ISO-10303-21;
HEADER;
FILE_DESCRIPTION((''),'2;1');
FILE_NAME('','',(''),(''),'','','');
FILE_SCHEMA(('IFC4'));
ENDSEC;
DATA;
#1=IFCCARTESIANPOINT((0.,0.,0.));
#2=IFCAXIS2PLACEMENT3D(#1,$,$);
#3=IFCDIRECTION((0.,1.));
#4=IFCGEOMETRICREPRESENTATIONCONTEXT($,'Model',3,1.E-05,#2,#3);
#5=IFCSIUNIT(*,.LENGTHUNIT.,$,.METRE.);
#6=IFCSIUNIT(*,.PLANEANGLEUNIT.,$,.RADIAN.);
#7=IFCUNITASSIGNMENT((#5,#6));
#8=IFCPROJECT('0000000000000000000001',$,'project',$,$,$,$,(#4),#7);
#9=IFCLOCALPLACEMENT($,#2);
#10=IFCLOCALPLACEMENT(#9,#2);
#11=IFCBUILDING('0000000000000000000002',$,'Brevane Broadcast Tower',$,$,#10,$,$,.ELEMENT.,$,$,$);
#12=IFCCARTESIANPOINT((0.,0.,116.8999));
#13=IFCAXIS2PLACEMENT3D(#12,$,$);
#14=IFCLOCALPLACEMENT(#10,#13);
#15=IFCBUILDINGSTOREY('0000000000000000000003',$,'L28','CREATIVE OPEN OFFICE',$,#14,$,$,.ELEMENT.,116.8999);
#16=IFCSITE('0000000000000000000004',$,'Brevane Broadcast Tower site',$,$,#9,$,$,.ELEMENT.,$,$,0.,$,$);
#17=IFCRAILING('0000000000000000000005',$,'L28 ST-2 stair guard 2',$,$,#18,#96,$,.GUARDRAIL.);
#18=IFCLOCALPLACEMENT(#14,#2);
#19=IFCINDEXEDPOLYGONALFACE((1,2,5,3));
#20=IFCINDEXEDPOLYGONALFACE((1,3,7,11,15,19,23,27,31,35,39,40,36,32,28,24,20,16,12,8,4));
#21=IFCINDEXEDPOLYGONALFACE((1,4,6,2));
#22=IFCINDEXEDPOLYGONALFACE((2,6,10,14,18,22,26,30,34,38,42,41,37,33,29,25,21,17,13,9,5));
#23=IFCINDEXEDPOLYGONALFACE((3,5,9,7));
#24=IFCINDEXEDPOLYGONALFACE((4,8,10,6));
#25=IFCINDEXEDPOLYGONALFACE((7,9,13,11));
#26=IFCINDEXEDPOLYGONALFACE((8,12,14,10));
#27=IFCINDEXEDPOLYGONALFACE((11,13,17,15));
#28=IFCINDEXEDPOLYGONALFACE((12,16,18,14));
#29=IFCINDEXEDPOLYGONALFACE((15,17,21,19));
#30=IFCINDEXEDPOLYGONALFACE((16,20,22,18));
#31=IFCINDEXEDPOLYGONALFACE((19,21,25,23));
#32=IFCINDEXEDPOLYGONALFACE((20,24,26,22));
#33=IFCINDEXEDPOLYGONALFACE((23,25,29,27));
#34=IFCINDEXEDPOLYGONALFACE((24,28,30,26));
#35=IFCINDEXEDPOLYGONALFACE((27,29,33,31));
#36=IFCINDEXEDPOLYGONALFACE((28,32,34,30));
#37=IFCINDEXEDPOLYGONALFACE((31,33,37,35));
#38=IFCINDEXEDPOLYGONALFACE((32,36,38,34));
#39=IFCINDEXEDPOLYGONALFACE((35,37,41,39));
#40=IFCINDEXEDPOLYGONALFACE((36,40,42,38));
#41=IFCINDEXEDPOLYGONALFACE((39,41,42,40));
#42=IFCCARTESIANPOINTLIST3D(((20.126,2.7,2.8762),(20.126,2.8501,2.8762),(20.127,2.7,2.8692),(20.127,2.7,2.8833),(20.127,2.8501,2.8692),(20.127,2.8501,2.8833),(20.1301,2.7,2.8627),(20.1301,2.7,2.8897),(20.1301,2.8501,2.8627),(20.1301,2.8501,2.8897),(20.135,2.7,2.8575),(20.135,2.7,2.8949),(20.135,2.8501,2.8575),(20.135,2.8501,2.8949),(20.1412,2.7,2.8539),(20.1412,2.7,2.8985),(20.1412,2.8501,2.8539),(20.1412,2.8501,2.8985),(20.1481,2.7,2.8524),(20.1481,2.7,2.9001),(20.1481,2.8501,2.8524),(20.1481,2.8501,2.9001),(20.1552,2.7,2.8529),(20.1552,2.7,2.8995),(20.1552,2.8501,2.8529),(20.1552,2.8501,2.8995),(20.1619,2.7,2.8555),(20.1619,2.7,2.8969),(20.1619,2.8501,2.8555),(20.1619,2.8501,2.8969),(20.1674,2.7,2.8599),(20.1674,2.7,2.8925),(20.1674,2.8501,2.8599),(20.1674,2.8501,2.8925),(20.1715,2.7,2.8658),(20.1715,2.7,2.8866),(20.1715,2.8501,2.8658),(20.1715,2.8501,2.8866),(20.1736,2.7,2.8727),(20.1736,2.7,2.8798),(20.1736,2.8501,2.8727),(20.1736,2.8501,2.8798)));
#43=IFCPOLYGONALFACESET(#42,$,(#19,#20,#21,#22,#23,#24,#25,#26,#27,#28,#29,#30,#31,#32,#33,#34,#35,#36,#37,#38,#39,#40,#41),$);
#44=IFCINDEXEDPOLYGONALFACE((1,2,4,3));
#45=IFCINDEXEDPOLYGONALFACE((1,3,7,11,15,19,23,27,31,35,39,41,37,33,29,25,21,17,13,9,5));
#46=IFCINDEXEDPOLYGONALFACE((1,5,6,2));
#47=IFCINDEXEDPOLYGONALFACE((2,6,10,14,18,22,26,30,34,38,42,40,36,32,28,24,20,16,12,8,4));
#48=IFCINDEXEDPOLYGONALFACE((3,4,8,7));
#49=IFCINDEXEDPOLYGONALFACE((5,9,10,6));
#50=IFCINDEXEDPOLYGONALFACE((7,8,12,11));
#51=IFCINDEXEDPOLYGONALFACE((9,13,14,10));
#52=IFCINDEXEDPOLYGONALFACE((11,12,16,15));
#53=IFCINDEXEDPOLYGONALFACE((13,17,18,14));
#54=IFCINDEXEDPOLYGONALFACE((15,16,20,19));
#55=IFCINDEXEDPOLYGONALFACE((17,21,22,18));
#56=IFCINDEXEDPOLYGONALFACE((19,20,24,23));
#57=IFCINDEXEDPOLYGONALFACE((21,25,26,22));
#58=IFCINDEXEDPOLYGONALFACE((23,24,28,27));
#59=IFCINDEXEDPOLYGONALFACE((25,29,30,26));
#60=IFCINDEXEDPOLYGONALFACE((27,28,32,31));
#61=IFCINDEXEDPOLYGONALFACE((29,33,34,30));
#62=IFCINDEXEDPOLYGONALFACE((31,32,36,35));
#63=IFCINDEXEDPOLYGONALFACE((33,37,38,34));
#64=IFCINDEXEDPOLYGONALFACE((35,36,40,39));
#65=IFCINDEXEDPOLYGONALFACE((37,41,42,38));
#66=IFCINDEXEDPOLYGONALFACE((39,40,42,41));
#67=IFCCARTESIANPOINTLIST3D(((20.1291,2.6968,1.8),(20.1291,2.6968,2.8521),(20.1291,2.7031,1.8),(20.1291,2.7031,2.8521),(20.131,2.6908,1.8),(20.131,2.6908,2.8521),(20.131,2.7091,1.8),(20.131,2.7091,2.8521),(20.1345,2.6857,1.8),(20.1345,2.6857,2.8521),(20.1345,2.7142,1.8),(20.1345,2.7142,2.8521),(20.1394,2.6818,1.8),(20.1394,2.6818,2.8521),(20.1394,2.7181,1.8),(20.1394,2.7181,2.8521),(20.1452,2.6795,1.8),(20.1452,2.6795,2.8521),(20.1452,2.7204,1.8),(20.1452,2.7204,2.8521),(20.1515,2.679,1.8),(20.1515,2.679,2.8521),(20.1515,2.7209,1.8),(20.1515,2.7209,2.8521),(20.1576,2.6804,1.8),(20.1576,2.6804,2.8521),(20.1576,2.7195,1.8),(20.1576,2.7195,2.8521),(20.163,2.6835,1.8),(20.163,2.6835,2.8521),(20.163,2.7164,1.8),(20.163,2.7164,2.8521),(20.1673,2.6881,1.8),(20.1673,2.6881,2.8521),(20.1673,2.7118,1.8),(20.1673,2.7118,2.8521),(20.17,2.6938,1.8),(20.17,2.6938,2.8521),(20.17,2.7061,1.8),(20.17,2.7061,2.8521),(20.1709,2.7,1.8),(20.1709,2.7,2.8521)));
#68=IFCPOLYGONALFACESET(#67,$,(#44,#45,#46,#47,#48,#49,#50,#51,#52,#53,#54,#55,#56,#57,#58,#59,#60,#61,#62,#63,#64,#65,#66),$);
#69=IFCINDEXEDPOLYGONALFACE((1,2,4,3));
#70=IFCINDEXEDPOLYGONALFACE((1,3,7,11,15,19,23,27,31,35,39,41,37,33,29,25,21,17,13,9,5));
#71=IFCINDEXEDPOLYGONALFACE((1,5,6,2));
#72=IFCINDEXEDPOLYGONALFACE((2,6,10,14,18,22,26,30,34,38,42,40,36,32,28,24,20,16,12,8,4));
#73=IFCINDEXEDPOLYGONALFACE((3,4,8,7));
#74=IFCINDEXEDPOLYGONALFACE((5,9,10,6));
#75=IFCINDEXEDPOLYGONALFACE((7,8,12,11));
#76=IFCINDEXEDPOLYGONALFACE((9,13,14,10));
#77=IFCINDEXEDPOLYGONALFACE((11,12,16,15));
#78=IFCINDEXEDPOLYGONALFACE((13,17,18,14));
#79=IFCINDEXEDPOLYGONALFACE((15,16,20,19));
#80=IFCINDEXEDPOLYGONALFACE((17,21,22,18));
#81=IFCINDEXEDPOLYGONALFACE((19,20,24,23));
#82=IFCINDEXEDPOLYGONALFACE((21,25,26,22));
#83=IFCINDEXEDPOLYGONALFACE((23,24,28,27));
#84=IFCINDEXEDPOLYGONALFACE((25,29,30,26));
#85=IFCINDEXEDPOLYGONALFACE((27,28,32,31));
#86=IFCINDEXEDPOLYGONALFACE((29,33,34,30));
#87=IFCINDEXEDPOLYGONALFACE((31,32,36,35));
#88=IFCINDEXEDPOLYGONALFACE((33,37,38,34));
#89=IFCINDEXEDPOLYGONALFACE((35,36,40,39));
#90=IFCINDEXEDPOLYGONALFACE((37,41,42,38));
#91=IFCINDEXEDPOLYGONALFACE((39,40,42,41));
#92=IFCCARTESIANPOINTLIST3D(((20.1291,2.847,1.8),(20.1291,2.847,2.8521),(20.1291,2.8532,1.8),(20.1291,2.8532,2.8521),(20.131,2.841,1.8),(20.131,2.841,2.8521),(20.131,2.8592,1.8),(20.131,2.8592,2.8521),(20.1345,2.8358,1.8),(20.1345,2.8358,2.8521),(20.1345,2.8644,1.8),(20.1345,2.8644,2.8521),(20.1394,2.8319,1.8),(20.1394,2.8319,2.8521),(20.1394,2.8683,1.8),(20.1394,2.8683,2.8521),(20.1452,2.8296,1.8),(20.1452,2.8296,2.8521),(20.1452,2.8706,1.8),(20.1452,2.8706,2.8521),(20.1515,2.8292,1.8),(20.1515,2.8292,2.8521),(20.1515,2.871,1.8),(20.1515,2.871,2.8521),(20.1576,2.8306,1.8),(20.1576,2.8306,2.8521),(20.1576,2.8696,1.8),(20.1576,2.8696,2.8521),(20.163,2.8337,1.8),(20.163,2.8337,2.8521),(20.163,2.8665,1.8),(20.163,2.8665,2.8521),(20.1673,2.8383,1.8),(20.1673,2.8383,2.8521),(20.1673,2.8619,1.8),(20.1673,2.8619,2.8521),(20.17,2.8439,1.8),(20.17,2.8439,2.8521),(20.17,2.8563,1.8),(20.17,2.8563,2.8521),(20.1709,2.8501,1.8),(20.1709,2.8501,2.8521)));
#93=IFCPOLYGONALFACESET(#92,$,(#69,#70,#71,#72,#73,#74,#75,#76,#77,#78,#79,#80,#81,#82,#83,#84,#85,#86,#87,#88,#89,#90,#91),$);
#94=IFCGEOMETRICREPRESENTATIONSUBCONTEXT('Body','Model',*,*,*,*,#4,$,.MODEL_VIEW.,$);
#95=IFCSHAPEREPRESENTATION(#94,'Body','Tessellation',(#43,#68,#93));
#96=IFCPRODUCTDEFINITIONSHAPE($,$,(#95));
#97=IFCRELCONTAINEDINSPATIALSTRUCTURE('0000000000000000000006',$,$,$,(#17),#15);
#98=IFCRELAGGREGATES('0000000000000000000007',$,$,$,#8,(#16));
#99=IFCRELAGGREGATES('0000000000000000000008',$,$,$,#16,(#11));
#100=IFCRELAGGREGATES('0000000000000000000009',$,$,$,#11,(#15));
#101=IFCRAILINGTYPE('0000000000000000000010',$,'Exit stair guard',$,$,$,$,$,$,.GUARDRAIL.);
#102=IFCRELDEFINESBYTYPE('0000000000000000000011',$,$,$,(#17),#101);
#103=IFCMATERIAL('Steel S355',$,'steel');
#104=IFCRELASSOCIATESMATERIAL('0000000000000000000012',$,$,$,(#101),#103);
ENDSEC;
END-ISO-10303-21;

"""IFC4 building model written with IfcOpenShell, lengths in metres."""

from ifc_helpers import new_model, si_unit, direction, frame, origin, origin_2d, place, context, subcontext, project, spatial, circle, extrude, material, type_object, element, save


model = new_model("IFC4")

# Units and contexts
model_context = context("Model", 3, precision=1e-05, world=origin(), true_north=direction((0.0, 1.0)))
body_context = subcontext(model_context, "Body", "Model", "MODEL_VIEW")
ifc_project = project(units=[si_unit("LENGTHUNIT", "METRE"), si_unit("PLANEANGLEUNIT", "RADIAN")], contexts=[model_context])

# Site, building, storey
site_placement = place(None, origin())
site = spatial("IfcSite", under=ifc_project, at=site_placement, Name="Brevane Broadcast Tower site", CompositionType="ELEMENT", RefElevation=0.0)
building_placement = place(site_placement, origin())
building = spatial("IfcBuilding", under=site, at=building_placement, Name="Brevane Broadcast Tower", CompositionType="ELEMENT")
storey_placement = place(building_placement, frame((0.0, 0.0, 116.8999)))
storey = spatial("IfcBuildingStorey", under=building, at=storey_placement, Name="L28", Description="CREATIVE OPEN OFFICE", CompositionType="ELEMENT", Elevation=116.8999)

# Railing
ifc_material_1 = material(Name="Steel S355", Category="steel")
railing_type_1 = type_object("IfcRailingType", Name="Exit stair guard", PredefinedType="GUARDRAIL", material=ifc_material_1)
railing_1_placement = place(storey_placement, frame((20.1499, 2.7, 1.8)))
element("IfcRailing", 1, at=railing_1_placement, inside=storey, type_object=railing_type_1, Name="L28 ST-2 stair guard 2", PredefinedType="GUARDRAIL", context=body_context, shape_type="SweptSolid", body=[
    extrude(circle(Radius=0.0239, at=origin_2d()), frame((0.0, 0.0, 1.0762), z_axis=(0.0, 1.0, 0.0), x_axis=(-1.0, 0.0, 0.0)), (0.0, 0.0, 1.0), 0.1501),
    extrude(circle(Radius=0.021, at=origin_2d()), origin(), (0.0, 0.0, 1.0), 1.052),
    extrude(circle(Radius=0.021, at=origin_2d()), frame((0.0, 0.1501, 0.0)), (0.0, 0.0, 1.0), 1.052),
])

save(model, "model.ifc")
